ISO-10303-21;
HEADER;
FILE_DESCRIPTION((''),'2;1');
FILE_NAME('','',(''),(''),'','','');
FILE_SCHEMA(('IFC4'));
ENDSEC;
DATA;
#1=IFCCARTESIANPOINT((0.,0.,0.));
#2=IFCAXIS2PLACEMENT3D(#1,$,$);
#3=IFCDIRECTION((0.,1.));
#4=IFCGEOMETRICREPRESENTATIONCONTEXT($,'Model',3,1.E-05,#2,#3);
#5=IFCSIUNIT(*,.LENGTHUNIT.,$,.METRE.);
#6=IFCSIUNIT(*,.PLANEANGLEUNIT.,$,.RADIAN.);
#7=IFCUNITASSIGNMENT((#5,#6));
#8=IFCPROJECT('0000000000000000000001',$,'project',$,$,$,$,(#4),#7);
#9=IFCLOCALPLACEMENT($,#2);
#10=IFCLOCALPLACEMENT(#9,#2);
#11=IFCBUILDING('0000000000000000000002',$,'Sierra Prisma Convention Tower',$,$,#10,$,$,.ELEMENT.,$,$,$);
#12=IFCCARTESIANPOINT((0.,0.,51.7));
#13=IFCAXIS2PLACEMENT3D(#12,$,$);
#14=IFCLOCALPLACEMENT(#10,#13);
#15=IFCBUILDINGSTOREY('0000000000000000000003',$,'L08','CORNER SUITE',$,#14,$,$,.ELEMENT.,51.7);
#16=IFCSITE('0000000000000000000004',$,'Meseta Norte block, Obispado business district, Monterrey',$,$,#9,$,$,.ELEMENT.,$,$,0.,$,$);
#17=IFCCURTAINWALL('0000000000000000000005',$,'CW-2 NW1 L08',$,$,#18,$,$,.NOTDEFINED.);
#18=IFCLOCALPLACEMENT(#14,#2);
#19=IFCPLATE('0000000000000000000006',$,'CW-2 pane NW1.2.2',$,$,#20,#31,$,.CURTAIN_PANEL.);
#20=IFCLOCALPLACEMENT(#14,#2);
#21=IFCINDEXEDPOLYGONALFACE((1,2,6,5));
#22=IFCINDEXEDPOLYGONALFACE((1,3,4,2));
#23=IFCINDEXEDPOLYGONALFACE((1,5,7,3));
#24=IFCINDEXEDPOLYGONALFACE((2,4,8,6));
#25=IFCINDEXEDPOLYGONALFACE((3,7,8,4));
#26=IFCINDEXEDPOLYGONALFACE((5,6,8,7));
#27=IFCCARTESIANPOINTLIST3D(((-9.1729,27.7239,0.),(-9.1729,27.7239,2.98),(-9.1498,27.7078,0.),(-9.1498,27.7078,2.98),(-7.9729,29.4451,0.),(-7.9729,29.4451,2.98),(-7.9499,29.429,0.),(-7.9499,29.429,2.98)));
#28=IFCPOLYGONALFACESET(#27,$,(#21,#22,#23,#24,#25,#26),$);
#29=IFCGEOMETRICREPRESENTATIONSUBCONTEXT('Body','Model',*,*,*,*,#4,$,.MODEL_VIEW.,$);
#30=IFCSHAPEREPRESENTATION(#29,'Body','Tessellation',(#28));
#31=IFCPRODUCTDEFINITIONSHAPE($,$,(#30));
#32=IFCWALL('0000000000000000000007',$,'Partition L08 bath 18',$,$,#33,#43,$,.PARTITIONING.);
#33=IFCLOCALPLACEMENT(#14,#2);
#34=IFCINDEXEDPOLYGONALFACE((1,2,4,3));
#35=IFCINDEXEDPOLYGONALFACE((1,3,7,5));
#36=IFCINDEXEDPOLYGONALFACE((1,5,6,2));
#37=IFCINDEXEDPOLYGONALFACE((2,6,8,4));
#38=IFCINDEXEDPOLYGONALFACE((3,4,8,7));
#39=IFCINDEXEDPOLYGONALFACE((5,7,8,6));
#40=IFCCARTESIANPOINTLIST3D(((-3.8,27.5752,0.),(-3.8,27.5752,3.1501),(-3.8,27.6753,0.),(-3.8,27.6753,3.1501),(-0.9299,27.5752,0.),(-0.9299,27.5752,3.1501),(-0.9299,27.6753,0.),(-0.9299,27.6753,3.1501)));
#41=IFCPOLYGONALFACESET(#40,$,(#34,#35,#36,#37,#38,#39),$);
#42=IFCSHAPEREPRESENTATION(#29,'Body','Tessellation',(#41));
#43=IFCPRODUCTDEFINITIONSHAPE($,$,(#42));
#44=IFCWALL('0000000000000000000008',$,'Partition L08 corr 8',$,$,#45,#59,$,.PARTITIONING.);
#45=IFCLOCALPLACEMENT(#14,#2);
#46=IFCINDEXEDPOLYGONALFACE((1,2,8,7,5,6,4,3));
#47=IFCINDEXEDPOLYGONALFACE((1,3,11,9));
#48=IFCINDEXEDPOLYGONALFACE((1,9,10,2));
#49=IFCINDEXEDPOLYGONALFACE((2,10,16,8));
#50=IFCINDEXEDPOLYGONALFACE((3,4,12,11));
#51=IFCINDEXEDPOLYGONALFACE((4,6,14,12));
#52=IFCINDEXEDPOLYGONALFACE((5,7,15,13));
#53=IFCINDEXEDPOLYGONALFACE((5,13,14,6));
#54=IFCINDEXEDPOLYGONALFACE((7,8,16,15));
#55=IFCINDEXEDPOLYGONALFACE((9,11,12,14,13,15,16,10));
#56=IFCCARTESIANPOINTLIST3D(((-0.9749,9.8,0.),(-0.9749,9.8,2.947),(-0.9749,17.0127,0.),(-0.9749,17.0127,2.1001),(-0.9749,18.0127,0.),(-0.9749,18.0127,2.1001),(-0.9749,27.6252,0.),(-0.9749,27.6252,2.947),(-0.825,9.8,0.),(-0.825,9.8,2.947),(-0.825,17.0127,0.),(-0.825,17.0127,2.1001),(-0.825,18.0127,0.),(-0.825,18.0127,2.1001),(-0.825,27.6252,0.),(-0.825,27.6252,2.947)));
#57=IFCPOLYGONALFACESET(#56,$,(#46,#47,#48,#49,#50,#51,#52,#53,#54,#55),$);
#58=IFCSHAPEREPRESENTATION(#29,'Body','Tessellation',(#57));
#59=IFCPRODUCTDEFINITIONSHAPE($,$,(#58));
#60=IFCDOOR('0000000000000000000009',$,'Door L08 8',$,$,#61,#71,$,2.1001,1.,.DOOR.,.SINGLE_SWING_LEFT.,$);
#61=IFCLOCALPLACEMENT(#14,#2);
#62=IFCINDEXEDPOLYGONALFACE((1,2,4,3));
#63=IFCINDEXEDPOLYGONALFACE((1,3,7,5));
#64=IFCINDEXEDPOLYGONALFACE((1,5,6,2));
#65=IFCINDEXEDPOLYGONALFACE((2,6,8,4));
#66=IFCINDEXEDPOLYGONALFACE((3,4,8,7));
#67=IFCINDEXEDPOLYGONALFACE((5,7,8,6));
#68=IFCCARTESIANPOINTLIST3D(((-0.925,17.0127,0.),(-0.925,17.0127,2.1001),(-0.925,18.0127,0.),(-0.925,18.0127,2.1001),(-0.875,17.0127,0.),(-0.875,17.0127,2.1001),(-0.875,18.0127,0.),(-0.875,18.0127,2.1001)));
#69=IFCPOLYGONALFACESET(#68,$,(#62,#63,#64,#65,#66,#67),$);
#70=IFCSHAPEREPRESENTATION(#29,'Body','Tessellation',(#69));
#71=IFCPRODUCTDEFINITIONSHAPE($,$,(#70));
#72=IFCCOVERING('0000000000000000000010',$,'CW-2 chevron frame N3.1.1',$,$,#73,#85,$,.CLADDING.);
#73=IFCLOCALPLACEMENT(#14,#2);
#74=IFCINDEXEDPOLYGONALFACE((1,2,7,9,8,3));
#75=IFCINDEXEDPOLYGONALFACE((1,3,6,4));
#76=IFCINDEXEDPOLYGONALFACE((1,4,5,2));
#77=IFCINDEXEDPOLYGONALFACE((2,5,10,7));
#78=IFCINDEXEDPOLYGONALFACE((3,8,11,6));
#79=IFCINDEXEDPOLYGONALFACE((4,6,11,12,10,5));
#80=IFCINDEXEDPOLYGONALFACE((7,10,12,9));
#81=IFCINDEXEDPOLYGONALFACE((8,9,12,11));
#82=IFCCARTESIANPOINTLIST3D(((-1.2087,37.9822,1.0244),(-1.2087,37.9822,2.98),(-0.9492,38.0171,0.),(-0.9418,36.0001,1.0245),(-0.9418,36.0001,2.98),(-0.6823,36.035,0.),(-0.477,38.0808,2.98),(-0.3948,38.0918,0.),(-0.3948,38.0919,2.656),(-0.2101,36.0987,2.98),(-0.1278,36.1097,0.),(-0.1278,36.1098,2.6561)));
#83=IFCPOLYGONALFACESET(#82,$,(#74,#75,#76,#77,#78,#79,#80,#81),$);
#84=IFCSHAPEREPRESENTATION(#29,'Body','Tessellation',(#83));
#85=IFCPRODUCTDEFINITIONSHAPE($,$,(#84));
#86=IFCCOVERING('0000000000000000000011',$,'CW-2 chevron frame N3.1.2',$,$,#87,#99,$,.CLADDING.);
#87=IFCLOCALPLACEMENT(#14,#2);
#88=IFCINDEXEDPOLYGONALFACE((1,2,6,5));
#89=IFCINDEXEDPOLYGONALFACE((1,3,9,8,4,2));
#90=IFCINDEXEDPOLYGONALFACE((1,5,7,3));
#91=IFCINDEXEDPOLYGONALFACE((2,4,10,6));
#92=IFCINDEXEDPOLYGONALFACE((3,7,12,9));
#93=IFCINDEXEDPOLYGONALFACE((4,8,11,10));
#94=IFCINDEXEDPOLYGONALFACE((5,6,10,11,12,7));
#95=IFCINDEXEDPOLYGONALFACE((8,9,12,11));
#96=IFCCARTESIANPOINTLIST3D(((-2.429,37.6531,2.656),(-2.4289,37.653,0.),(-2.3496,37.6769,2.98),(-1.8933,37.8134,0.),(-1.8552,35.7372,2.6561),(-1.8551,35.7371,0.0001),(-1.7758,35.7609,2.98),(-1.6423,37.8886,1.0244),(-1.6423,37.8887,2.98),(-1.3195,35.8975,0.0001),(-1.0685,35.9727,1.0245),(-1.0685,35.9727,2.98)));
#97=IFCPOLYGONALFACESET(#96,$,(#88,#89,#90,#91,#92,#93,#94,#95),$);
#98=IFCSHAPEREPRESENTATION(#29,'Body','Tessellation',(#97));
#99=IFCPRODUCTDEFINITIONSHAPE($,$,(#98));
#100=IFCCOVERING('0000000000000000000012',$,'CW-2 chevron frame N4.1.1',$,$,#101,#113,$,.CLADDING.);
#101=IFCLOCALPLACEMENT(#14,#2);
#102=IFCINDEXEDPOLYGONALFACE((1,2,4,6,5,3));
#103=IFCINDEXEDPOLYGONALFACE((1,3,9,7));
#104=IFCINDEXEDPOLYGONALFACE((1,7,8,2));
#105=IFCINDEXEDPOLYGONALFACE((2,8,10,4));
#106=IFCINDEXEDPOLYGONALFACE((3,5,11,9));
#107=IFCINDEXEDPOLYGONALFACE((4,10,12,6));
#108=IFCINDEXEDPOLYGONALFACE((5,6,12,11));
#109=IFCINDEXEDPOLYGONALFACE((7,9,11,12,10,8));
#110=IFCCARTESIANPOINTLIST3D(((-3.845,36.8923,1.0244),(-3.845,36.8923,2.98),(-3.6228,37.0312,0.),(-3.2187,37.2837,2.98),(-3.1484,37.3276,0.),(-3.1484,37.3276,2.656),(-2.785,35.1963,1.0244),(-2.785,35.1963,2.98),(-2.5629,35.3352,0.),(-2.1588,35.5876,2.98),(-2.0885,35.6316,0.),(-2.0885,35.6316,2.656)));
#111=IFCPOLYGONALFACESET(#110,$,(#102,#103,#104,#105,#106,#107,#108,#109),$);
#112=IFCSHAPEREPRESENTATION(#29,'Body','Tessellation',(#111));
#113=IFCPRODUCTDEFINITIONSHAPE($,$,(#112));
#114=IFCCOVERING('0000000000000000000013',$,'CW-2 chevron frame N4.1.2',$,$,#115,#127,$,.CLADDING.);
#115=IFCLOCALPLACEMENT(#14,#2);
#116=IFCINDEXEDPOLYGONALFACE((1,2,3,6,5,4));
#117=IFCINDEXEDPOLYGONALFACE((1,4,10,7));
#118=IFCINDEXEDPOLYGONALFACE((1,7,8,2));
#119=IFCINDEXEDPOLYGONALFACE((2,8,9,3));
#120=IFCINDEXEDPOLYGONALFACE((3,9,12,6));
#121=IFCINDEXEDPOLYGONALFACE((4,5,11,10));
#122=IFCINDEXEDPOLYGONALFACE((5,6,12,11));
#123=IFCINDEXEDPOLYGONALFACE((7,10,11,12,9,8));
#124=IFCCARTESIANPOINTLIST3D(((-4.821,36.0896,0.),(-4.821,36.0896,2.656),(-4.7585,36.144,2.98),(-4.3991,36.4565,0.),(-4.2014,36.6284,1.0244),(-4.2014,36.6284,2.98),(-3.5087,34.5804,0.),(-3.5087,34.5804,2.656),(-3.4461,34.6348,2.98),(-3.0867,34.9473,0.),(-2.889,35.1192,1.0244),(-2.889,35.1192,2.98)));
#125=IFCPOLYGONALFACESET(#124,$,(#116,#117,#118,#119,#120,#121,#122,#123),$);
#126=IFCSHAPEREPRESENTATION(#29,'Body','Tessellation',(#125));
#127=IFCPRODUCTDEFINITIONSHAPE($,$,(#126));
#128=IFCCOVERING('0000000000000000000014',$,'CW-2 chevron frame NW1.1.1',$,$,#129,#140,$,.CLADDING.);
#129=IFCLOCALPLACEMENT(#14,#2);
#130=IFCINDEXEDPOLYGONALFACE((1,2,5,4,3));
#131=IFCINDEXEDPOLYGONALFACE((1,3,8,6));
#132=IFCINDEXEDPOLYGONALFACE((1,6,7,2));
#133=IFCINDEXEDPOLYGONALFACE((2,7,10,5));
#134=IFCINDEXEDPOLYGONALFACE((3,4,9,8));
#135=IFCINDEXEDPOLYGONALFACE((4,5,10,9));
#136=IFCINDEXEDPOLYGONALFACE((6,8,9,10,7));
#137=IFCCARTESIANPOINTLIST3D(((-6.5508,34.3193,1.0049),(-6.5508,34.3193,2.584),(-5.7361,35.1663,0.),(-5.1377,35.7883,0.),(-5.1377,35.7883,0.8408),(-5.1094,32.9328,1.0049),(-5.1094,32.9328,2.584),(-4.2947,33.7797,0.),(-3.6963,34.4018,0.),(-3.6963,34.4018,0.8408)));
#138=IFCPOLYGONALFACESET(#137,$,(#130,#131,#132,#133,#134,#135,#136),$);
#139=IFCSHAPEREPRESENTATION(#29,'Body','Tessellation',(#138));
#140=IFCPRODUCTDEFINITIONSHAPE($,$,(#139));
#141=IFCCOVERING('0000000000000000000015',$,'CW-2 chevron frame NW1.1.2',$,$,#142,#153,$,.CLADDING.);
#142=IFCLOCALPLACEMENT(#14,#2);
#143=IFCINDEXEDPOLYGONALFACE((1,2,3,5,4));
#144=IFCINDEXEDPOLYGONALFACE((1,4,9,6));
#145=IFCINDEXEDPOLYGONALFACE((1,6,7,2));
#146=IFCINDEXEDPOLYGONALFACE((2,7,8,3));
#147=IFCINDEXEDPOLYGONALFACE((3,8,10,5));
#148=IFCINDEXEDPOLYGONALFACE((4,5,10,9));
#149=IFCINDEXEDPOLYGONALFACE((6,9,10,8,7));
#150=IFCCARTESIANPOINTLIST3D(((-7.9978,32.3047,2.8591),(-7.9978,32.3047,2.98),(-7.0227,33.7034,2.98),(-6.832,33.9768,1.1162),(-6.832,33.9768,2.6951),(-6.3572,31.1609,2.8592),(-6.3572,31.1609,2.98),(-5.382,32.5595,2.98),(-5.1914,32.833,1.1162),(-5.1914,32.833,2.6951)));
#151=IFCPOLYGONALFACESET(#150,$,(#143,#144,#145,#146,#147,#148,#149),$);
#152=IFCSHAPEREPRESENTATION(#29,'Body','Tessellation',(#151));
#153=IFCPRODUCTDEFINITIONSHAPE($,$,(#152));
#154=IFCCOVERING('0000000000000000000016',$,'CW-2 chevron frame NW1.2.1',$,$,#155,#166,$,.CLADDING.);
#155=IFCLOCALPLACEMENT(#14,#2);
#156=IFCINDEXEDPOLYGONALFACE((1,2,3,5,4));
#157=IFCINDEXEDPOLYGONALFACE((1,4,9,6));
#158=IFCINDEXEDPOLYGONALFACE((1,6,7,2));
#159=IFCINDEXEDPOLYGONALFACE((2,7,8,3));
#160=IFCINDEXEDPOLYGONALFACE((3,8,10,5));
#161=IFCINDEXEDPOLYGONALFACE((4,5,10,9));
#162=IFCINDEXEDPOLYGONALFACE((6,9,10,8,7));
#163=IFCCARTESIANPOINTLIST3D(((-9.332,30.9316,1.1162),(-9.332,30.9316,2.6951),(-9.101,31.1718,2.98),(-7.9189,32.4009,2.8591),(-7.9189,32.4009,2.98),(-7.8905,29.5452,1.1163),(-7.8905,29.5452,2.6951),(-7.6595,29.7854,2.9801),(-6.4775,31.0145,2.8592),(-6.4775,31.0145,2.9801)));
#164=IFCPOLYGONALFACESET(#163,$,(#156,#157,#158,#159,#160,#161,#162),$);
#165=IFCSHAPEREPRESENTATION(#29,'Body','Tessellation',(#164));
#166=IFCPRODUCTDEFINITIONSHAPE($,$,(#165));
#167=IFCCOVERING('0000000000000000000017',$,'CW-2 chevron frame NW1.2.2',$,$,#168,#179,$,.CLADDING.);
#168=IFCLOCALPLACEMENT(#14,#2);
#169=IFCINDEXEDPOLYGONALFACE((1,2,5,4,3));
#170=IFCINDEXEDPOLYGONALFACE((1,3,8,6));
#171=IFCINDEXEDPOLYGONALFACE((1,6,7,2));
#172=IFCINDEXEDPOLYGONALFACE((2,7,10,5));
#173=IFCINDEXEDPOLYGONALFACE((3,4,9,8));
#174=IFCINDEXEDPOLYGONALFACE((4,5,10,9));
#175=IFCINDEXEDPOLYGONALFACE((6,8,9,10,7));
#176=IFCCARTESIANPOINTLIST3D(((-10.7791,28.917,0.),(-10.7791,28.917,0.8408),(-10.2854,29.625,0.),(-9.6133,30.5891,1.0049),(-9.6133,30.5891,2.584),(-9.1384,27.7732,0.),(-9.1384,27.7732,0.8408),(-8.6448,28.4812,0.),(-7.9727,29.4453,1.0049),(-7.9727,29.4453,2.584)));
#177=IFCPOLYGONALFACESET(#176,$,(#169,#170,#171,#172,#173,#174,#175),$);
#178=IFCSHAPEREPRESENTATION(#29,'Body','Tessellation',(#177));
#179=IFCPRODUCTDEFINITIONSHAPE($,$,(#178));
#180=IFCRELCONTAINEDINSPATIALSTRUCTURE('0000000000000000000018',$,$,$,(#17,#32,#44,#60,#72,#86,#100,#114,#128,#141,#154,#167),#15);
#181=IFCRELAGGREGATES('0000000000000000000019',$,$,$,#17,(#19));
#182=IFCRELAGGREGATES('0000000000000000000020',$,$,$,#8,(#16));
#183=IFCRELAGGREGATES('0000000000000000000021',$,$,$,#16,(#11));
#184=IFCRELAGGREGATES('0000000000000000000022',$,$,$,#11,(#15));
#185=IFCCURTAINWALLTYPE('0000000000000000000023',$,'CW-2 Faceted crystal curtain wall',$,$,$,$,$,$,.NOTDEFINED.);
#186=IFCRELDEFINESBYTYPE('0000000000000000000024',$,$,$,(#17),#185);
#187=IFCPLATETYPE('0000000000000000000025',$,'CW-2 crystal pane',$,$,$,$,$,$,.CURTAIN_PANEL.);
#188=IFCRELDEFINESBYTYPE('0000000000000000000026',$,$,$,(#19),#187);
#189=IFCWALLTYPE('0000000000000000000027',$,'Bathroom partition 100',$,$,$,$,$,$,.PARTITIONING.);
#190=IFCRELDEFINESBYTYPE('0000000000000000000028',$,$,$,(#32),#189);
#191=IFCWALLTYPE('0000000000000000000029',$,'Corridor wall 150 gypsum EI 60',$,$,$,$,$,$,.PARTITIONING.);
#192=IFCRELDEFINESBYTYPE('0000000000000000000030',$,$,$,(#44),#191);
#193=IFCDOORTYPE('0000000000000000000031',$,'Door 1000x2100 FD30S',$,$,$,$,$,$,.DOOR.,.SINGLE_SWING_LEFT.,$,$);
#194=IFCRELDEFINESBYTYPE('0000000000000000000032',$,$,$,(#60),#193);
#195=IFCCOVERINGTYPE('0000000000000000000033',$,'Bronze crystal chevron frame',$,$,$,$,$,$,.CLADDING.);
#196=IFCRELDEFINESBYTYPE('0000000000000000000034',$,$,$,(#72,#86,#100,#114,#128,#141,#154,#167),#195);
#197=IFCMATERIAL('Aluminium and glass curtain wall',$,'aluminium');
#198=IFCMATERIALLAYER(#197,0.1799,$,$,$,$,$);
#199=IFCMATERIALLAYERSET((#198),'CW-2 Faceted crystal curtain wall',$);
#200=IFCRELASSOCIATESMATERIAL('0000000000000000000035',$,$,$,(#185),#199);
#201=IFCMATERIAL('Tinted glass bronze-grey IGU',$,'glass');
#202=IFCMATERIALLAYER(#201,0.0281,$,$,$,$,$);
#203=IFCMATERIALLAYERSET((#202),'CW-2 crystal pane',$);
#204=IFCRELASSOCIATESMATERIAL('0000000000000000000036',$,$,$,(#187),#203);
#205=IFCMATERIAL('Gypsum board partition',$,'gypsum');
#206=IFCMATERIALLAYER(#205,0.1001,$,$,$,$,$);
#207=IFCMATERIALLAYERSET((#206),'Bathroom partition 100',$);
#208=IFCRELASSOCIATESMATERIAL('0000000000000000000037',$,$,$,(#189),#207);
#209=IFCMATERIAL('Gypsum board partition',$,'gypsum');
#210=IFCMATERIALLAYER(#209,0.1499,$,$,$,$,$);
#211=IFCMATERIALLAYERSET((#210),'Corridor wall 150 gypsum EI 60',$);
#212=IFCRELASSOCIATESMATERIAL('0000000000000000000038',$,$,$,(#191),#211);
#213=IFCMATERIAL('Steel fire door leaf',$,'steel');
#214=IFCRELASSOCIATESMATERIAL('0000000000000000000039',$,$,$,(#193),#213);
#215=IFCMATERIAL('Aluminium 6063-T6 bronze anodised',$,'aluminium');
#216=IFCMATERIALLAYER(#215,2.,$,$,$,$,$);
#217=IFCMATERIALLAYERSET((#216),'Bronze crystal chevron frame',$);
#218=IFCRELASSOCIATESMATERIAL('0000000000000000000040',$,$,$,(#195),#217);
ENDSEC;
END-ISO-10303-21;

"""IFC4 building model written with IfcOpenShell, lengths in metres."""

from ifc_helpers import new_model, si_unit, direction, frame, frame_2d, origin, place, context, subcontext, project, spatial, polyline, rectangle, outline, extrude, material, layer, layer_set, type_object, element, fill, aggregate, save


model = new_model("IFC4")

# Units and contexts
model_context = context("Model", 3, precision=1e-05, world=origin(), true_north=direction((0.0, 1.0)))
body_context = subcontext(model_context, "Body", "Model", "MODEL_VIEW")
ifc_project = project(units=[si_unit("LENGTHUNIT", "METRE"), si_unit("PLANEANGLEUNIT", "RADIAN")], contexts=[model_context])

# Site, building, storey
site_placement = place(None, origin())
site = spatial("IfcSite", under=ifc_project, at=site_placement, Name="Meseta Norte block, Obispado business district, Monterrey", CompositionType="ELEMENT", RefElevation=0.0)
building_placement = place(site_placement, origin())
building = spatial("IfcBuilding", under=site, at=building_placement, Name="Sierra Prisma Convention Tower", CompositionType="ELEMENT")
storey_placement = place(building_placement, frame((0.0, 0.0, 51.7)))
storey = spatial("IfcBuildingStorey", under=building, at=storey_placement, Name="L08", Description="CORNER SUITE", CompositionType="ELEMENT", Elevation=51.7)

# Shared definitions
ifc_material_1 = material(Name="Aluminium and glass curtain wall", Category="aluminium")
ifc_layer_1 = layer(ifc_material_1, 0.1799)
ifc_layer_set_1 = layer_set([ifc_layer_1], Name="CW-2 Faceted crystal curtain wall")
curtain_wall_type = type_object("IfcCurtainWallType", Name="CW-2 Faceted crystal curtain wall", PredefinedType="NOTDEFINED", material=ifc_layer_set_1)

# Curtain wall
curtain_wall_1_placement = place(storey_placement, origin())
curtain_wall_1 = element("IfcCurtainWall", 1, at=curtain_wall_1_placement, inside=storey, type_object=curtain_wall_type, Name="CW-2 NW1 L08", PredefinedType="NOTDEFINED")

# Plate
ifc_material_2 = material(Name="Tinted glass bronze-grey IGU", Category="glass")
ifc_layer_2 = layer(ifc_material_2, 0.0281)
ifc_layer_set_2 = layer_set([ifc_layer_2], Name="CW-2 crystal pane")
plate_type = type_object("IfcPlateType", Name="CW-2 crystal pane", PredefinedType="CURTAIN_PANEL", material=ifc_layer_set_2)
plate_1_placement = place(storey_placement, frame((-9.1729, 27.7239, 0.0), z_axis=(-0.820324, 0.571899, 0.0), x_axis=(0.571899, 0.820324, 0.0)))
plate_1 = element("IfcPlate", 2, at=plate_1_placement, type_object=plate_type, Name="CW-2 pane NW1.2.2", PredefinedType="CURTAIN_PANEL", context=body_context, shape_type="SweptSolid", body=[
    extrude(outline(polyline([(0.0, 0.0), (2.0982, 0.0), (2.0982, -2.98), (0.0, -2.98), (0.0, 0.0)])), origin(), (0.0, 0.0, -1.0), 0.0281),
])
aggregate(curtain_wall_1, [plate_1])

# Wall
ifc_material_3 = material(Name="Gypsum board partition", Category="gypsum")
ifc_layer_3 = layer(ifc_material_3, 0.1001)
ifc_layer_set_3 = layer_set([ifc_layer_3], Name="Bathroom partition 100")
wall_type_1 = type_object("IfcWallType", Name="Bathroom partition 100", PredefinedType="PARTITIONING", material=ifc_layer_set_3)
wall_1_placement = place(storey_placement, frame((-3.8, 27.6252, 0.0), z_axis=(0.0, 0.0, 1.0), x_axis=(1.0, 0.0, 0.0)))
element("IfcWall", 3, at=wall_1_placement, inside=storey, type_object=wall_type_1, Name="Partition L08 bath 18", PredefinedType="PARTITIONING", context=body_context, shape_type="SweptSolid", body=[
    extrude(rectangle(XDim=2.8701, YDim=0.1001, at=frame_2d((1.4351, 0.0))), origin(), (0.0, 0.0, 1.0), 3.1501),
])

# Wall, opening, door
ifc_material_4 = material(Name="Gypsum board partition", Category="gypsum")
ifc_layer_4 = layer(ifc_material_4, 0.1499)
ifc_layer_set_4 = layer_set([ifc_layer_4], Name="Corridor wall 150 gypsum EI 60")
wall_type_2 = type_object("IfcWallType", Name="Corridor wall 150 gypsum EI 60", PredefinedType="PARTITIONING", material=ifc_layer_set_4)
wall_2_placement = place(storey_placement, frame((-0.8999, 27.6252, 0.0), z_axis=(0.0, 0.0, 1.0), x_axis=(0.0, -1.0, 0.0)))
wall_2 = element("IfcWall", 4, at=wall_2_placement, inside=storey, type_object=wall_type_2, Name="Partition L08 corr 8", PredefinedType="PARTITIONING", context=body_context, shape_type="SweptSolid", body=[
    extrude(rectangle(XDim=17.8252, YDim=0.1499, at=frame_2d((8.9126, 0.0))), origin(), (0.0, 0.0, 1.0), 2.947),
])
opening_placement = place(wall_2_placement, frame((9.6125, 0.0, 0.0)))
opening = element("IfcOpeningElement", 5, at=opening_placement, cuts=wall_2, PredefinedType="OPENING", context=body_context, shape_type="SweptSolid", body=[
    extrude(rectangle(XDim=1.0, YDim=2.1001, at=frame_2d((0.5, 1.05))), frame((0.0, 0.075, 0.0), z_axis=(0.0, -1.0, 0.0), x_axis=(1.0, 0.0, 0.0)), (0.0, 0.0, 1.0), 0.1499),
])
ifc_material_5 = material(Name="Steel fire door leaf", Category="steel")
door_type = type_object("IfcDoorType", Name="Door 1000x2100 FD30S", OperationType="SINGLE_SWING_LEFT", PredefinedType="DOOR", material=ifc_material_5)
door_placement = place(opening_placement, origin())
door = element("IfcDoor", 6, at=door_placement, inside=storey, type_object=door_type, Name="Door L08 8", OperationType="SINGLE_SWING_LEFT", OverallHeight=2.1001, OverallWidth=1.0, PredefinedType="DOOR", context=body_context, shape_type="SweptSolid", body=[
    extrude(rectangle(XDim=1.0, YDim=2.1001, at=frame_2d((0.5, 1.05))), frame((0.0, 0.0249, 0.0), z_axis=(0.0, -1.0, 0.0), x_axis=(1.0, 0.0, 0.0)), (0.0, 0.0, 1.0), 0.05),
])
fill(opening, door)

# Coverings
ifc_material_6 = material(Name="Aluminium 6063-T6 bronze anodised", Category="aluminium")
ifc_layer_5 = layer(ifc_material_6, 2.0)
ifc_layer_set_5 = layer_set([ifc_layer_5], Name="Bronze crystal chevron frame")
covering_type = type_object("IfcCoveringType", Name="Bronze crystal chevron frame", PredefinedType="CLADDING", material=ifc_layer_set_5)
covering_1_placement = place(storey_placement, frame((-0.3948, 38.0918, 0.0), z_axis=(-0.133483, 0.991051, -0.000023), x_axis=(-0.991051, -0.133483, 0.0)))
element("IfcCovering", 7, at=covering_1_placement, inside=storey, type_object=covering_type, Name="CW-2 chevron frame N3.1.1", PredefinedType="CLADDING", context=body_context, shape_type="SweptSolid", body=[
    extrude(outline(polyline([(0.0, 0.0), (0.5595, 0.0), (0.8213, 1.0244), (0.8213, 2.98), (0.083, 2.98), (0.0, 2.656), (0.0, 0.0)])), origin(), (0.0, 0.0, -1.0), 2.0),
])
covering_2_placement = place(storey_placement, frame((-1.6423, 37.8887, 2.98), z_axis=(-0.286895, 0.957962, -0.000032), x_axis=(0.000009, -0.000031, -1.0)))
element("IfcCovering", 8, at=covering_2_placement, inside=storey, type_object=covering_type, Name="CW-2 chevron frame N3.1.2", PredefinedType="CLADDING", context=body_context, shape_type="SweptSolid", body=[
    extrude(outline(polyline([(0.0, 0.0), (1.9556, 0.0), (2.98, 0.262), (2.98, 0.8211), (0.324, 0.8211), (0.0, 0.7383), (0.0, 0.0)])), origin(), (0.0, 0.0, -1.0), 2.0),
])
covering_3_placement = place(storey_placement, frame((-3.1484, 37.3276, 0.0), z_axis=(-0.529961, 0.848022, 0.000011), x_axis=(-0.848022, -0.529961, 0.0)))
element("IfcCovering", 9, at=covering_3_placement, inside=storey, type_object=covering_type, Name="CW-2 chevron frame N4.1.1", PredefinedType="CLADDING", context=body_context, shape_type="SweptSolid", body=[
    extrude(outline(polyline([(0.0, 0.0), (0.5593, 0.0), (0.8214, 1.0244), (0.8214, 2.98), (0.0829, 2.98), (0.0, 2.656), (0.0, 0.0)])), origin(), (0.0, 0.0, -1.0), 2.0),
])
covering_4_placement = place(storey_placement, frame((-4.2014, 36.6284, 2.98), z_axis=(-0.656193, 0.754593, -0.000001), x_axis=(0.000001, -0.000001, -1.0)))
element("IfcCovering", 10, at=covering_4_placement, inside=storey, type_object=covering_type, Name="CW-2 chevron frame N4.1.2", PredefinedType="CLADDING", context=body_context, shape_type="SweptSolid", body=[
    extrude(outline(polyline([(0.0, 0.0), (1.9556, 0.0), (2.98, 0.262), (2.98, 0.8211), (0.324, 0.8211), (0.0, 0.7382), (0.0, 0.0)])), origin(), (0.0, 0.0, -1.0), 2.0),
])
covering_5_placement = place(storey_placement, frame((-5.1377, 35.7883, 0.0), z_axis=(-0.720689, 0.693259, -0.000002), x_axis=(-0.693259, -0.720689, 0.0)))
element("IfcCovering", 11, at=covering_5_placement, inside=storey, type_object=covering_type, Name="CW-2 chevron frame NW1.1.1", PredefinedType="CLADDING", context=body_context, shape_type="SweptSolid", body=[
    extrude(outline(polyline([(0.0, 0.0), (0.8632, 0.0), (2.0383, 1.0049), (2.0383, 2.584), (0.0, 0.8408), (0.0, 0.0)])), origin(), (0.0, 0.0, -1.0), 2.0),
])
covering_6_placement = place(storey_placement, frame((-6.832, 33.9768, 2.6951), z_axis=(-0.820318, 0.571908, -0.000016), x_axis=(0.000013, -0.000009, -1.0)))
element("IfcCovering", 12, at=covering_6_placement, inside=storey, type_object=covering_type, Name="CW-2 chevron frame NW1.1.2", PredefinedType="CLADDING", context=body_context, shape_type="SweptSolid", body=[
    extrude(outline(polyline([(0.0, 0.0), (1.5789, 0.0), (-0.1641, 2.0384), (-0.2849, 2.0384), (-0.2849, 0.3334), (0.0, 0.0)])), origin(), (0.0, 0.0, -1.0), 2.0),
])
covering_7_placement = place(storey_placement, frame((-7.9189, 32.4009, 2.98), z_axis=(-0.720742, 0.693203, -0.000036), x_axis=(0.000026, -0.000025, -1.0)))
element("IfcCovering", 13, at=covering_7_placement, inside=storey, type_object=covering_type, Name="CW-2 chevron frame NW1.2.1", PredefinedType="CLADDING", context=body_context, shape_type="SweptSolid", body=[
    extrude(outline(polyline([(0.0, 0.0), (0.1208, 0.0), (1.8638, 2.0385), (0.2849, 2.0385), (0.0, 1.7053), (0.0, 0.0)])), origin(), (0.0, 0.0, -1.0), 2.0),
])
covering_8_placement = place(storey_placement, frame((-10.7791, 28.917, 0.0), z_axis=(-0.820313, 0.571915, -0.000012), x_axis=(-0.00001, 0.000007, 1.0)))
element("IfcCovering", 14, at=covering_8_placement, inside=storey, type_object=covering_type, Name="CW-2 chevron frame NW1.2.2", PredefinedType="CLADDING", context=body_context, shape_type="SweptSolid", body=[
    extrude(outline(polyline([(0.0, 0.0), (0.8408, 0.0), (2.584, 2.0384), (1.0049, 2.0384), (0.0, 0.8631), (0.0, 0.0)])), origin(), (0.0, 0.0, -1.0), 2.0),
])

save(model, "model.ifc")
